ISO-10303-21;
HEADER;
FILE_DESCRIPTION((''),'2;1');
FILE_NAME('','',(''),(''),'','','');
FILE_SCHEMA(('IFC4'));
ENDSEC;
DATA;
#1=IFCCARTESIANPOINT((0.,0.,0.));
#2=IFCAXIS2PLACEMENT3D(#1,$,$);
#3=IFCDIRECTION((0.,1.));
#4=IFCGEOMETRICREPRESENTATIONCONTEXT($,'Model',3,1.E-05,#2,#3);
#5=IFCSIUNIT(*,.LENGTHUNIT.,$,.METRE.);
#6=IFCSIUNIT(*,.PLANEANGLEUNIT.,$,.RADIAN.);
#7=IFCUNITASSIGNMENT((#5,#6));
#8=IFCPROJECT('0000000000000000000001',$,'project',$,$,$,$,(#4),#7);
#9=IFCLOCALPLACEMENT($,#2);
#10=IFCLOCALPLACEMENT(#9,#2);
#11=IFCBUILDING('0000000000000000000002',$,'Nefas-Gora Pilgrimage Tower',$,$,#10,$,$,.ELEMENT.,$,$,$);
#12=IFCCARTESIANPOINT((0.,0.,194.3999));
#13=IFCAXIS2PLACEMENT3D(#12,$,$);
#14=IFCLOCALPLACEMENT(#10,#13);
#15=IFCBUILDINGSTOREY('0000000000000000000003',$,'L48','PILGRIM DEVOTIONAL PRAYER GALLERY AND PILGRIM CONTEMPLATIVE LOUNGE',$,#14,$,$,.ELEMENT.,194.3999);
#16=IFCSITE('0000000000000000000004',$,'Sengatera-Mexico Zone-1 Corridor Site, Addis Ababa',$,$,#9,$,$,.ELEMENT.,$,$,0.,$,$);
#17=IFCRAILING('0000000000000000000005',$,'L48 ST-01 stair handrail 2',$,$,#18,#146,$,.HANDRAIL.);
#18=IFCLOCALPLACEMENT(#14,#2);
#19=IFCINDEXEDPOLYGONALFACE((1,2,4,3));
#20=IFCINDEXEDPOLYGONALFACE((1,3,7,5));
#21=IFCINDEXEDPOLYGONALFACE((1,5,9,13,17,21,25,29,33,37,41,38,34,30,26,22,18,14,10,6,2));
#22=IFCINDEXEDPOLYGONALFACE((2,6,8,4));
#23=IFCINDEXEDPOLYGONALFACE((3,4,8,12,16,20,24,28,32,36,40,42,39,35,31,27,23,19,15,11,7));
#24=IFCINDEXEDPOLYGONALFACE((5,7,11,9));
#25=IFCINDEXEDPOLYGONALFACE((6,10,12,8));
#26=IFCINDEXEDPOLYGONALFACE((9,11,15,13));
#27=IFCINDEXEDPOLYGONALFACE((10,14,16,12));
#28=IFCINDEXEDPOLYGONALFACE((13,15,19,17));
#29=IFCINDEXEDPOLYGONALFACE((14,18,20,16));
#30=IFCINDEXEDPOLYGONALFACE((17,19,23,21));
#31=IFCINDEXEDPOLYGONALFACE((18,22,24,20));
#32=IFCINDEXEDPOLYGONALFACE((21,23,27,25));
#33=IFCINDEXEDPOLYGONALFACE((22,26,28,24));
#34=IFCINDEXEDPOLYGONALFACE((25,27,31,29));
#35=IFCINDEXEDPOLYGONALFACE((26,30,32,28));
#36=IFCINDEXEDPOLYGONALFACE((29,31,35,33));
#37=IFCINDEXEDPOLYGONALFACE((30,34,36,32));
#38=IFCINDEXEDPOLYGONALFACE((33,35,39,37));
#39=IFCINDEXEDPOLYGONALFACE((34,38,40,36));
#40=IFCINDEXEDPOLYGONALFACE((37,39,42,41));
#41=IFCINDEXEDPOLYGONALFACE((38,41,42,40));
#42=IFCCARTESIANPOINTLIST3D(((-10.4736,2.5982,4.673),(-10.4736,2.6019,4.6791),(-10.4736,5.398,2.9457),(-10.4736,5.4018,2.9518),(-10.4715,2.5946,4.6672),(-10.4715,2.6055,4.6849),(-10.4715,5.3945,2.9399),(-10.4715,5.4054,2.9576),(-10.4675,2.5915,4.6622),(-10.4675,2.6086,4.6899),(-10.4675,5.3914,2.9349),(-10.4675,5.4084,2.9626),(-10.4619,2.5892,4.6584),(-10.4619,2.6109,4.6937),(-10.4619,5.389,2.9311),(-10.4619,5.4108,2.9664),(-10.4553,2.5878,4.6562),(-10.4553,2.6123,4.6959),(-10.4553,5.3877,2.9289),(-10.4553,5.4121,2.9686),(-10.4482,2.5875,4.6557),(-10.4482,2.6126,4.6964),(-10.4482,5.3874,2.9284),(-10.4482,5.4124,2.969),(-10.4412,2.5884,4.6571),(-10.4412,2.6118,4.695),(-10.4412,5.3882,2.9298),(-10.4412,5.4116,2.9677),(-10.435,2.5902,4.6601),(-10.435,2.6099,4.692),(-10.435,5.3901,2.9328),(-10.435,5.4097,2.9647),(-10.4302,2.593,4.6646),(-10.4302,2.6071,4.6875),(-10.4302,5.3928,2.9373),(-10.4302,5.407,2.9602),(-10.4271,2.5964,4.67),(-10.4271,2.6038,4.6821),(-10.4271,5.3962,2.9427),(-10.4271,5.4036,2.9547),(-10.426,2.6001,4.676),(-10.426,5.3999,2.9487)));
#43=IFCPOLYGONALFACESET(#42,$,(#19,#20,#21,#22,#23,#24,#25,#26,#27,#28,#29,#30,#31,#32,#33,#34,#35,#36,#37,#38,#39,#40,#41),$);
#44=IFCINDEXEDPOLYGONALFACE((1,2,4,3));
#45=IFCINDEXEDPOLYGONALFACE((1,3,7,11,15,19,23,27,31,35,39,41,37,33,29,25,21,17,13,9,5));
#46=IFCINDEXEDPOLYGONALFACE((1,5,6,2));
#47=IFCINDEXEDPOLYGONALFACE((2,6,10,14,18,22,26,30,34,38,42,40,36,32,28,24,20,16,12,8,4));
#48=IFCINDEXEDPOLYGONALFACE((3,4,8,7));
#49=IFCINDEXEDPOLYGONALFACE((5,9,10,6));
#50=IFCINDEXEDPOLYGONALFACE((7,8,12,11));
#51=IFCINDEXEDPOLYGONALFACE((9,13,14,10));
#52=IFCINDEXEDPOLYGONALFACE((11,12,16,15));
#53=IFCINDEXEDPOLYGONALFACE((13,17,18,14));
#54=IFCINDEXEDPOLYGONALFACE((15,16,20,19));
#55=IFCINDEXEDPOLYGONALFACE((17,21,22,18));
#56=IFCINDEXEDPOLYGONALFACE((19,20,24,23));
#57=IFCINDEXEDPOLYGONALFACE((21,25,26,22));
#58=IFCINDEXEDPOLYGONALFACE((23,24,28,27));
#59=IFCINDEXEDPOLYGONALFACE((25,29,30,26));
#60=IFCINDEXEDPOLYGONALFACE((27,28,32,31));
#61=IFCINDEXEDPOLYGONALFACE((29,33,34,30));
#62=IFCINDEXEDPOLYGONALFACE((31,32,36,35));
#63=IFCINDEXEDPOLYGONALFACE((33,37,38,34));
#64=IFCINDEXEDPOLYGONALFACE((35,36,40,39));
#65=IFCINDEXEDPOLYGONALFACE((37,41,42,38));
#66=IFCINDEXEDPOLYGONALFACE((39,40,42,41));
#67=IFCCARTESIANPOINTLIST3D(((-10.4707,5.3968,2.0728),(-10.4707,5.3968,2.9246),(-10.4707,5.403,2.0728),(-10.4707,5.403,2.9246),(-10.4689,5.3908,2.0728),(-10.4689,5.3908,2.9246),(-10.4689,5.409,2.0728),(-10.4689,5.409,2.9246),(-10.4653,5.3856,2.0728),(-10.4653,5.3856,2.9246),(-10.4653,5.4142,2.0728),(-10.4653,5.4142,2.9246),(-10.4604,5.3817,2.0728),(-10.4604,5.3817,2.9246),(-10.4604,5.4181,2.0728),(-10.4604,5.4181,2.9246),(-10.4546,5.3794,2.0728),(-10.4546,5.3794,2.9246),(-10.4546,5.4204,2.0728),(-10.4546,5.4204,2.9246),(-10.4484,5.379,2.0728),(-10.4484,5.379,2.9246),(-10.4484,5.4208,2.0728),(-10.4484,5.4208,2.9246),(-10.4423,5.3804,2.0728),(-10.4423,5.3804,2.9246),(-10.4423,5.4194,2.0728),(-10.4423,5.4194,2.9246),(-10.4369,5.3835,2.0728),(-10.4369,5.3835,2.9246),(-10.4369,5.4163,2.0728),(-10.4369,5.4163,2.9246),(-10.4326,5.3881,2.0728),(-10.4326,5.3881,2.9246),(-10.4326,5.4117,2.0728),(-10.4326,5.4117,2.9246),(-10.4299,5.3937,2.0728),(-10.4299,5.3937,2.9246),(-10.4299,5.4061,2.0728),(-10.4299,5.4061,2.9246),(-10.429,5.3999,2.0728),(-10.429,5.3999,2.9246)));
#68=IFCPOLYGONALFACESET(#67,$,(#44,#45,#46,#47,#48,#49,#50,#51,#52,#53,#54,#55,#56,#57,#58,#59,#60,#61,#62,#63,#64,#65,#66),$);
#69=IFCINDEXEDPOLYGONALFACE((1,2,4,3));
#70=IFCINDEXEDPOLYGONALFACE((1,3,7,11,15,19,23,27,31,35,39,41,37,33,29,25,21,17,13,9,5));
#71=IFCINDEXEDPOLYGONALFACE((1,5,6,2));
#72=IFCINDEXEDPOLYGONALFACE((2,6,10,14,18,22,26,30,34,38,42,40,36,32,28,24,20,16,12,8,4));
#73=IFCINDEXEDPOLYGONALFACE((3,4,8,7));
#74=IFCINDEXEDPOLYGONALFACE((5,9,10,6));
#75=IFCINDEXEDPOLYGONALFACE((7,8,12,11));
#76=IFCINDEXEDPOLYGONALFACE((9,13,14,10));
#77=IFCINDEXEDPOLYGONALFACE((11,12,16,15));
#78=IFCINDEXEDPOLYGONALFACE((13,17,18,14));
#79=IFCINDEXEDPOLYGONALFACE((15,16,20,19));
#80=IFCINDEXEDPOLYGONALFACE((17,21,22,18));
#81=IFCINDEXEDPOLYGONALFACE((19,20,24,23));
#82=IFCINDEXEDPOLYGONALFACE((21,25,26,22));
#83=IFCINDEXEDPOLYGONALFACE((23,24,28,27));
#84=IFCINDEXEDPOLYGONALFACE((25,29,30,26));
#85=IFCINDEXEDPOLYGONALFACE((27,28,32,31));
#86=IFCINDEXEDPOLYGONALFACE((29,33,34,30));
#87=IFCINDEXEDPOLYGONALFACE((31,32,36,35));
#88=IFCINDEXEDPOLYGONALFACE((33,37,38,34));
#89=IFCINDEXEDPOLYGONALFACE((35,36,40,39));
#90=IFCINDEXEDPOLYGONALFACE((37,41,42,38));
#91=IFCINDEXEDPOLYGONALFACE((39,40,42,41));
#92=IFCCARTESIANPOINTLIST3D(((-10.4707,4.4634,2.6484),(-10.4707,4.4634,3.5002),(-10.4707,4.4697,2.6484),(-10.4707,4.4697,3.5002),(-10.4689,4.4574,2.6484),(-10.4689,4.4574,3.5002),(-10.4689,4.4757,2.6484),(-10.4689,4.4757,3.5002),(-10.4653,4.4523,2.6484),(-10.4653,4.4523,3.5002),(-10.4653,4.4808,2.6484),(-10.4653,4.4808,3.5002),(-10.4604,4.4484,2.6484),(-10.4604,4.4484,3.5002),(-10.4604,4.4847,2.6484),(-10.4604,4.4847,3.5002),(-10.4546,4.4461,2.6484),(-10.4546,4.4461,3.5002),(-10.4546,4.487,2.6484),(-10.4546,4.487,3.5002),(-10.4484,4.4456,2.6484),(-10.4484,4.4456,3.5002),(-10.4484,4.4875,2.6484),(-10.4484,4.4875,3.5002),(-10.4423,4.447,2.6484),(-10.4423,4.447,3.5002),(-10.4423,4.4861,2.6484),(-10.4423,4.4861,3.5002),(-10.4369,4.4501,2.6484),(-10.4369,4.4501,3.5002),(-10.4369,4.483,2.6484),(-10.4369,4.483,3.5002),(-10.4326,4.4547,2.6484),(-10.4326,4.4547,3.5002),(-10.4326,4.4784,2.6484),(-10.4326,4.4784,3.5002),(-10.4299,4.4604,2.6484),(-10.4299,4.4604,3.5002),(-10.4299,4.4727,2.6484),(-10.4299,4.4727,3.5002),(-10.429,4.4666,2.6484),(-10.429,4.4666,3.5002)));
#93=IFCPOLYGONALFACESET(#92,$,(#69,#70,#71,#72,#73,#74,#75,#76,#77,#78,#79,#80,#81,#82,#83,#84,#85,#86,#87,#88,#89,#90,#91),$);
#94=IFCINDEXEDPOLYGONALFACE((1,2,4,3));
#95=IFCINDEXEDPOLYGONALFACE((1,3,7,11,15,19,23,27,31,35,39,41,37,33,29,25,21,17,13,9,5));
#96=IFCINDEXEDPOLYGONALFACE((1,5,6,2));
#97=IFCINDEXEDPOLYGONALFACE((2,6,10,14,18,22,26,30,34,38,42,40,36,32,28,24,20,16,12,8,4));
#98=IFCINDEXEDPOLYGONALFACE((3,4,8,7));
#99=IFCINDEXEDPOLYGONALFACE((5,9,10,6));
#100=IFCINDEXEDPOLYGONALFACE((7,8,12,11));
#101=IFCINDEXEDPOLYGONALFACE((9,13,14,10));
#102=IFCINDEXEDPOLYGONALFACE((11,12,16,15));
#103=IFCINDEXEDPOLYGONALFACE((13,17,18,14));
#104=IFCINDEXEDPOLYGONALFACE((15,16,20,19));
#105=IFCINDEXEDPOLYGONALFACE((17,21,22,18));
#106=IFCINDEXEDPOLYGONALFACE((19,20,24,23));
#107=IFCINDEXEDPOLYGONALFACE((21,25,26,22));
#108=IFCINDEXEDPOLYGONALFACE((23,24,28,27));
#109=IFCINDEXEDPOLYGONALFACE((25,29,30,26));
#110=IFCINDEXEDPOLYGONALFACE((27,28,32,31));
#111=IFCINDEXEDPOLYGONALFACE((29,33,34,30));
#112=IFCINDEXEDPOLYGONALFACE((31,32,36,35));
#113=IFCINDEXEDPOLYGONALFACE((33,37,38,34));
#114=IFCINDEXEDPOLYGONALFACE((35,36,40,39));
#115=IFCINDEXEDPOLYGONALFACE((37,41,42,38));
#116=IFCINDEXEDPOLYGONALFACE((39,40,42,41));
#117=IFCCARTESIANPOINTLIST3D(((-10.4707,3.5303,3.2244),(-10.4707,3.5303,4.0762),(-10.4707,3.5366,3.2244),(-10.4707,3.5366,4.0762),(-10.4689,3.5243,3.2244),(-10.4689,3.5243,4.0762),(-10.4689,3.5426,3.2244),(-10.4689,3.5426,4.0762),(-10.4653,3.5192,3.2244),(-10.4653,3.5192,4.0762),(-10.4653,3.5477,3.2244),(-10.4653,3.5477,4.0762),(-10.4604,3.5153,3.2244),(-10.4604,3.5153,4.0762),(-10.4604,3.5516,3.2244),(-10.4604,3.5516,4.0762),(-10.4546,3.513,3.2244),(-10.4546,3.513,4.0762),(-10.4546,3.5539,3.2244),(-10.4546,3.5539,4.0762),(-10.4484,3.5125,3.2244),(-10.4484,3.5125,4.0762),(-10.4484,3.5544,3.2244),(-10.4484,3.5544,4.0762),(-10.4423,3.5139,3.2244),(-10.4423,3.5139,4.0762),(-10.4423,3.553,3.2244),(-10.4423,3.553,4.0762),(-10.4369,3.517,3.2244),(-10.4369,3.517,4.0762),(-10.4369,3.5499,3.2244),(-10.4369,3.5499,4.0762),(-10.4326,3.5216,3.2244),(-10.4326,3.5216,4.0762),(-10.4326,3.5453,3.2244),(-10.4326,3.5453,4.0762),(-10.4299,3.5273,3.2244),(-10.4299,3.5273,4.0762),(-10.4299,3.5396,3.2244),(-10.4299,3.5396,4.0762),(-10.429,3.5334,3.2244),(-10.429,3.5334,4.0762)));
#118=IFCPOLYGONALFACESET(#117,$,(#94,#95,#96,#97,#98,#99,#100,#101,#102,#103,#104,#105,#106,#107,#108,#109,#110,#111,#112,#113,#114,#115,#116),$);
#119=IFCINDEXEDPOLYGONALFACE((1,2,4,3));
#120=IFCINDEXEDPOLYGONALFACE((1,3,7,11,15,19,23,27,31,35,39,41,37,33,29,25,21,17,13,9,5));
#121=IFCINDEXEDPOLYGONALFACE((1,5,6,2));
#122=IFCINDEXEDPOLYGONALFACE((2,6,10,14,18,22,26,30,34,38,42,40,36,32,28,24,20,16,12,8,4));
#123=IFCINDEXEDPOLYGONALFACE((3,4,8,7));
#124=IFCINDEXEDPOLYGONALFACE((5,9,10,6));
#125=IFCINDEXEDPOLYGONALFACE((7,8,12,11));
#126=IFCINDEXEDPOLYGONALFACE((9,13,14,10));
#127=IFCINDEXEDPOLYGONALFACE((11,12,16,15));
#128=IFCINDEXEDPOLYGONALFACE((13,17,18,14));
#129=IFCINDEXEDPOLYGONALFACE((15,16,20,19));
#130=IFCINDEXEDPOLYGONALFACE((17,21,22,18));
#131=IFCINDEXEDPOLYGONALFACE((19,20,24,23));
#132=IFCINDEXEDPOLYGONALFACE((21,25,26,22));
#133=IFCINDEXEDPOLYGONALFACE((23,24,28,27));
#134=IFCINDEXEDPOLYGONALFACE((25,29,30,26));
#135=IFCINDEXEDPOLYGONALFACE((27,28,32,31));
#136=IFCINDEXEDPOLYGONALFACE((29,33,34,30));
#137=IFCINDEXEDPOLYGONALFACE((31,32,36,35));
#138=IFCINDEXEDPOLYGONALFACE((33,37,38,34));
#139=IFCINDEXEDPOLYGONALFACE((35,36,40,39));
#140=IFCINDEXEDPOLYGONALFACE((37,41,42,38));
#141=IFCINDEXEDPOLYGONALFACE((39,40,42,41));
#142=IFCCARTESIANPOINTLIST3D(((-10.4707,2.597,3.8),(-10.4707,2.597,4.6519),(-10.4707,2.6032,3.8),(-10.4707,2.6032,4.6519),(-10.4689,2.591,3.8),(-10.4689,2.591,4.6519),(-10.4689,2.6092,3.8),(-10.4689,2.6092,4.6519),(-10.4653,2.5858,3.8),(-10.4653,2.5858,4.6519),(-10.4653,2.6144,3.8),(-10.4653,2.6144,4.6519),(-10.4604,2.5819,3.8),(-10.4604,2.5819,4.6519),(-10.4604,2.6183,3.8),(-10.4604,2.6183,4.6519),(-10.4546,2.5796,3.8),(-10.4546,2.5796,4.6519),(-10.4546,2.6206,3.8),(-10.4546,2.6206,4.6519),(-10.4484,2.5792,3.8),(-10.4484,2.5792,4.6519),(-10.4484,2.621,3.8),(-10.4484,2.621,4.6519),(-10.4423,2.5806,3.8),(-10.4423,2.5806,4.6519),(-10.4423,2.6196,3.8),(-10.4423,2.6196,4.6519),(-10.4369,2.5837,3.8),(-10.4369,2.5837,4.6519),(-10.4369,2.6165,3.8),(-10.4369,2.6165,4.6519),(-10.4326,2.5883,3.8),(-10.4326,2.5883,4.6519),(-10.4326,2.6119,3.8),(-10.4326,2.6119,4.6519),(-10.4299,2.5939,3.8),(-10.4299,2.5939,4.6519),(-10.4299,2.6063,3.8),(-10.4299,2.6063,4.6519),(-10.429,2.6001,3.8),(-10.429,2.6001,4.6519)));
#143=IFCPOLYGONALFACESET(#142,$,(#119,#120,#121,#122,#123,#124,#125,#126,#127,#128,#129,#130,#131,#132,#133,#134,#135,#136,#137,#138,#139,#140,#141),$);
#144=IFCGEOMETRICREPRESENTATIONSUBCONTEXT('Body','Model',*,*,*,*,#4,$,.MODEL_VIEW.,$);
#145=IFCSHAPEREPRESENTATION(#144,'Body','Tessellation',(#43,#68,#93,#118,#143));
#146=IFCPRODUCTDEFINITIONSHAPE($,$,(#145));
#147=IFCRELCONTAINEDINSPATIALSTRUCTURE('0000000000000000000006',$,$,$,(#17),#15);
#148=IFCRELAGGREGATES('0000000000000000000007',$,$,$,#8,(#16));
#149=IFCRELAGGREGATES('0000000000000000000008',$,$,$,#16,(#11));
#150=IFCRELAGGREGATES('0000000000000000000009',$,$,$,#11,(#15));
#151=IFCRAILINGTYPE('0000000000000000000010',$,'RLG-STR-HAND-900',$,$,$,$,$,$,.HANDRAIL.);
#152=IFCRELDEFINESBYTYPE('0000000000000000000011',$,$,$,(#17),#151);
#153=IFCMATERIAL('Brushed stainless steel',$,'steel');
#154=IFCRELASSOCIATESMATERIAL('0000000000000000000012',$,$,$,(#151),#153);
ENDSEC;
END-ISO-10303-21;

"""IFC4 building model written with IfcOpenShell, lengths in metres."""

from ifc_helpers import new_model, si_unit, direction, frame, origin, origin_2d, place, context, subcontext, project, spatial, circle, extrude, material, type_object, element, save


model = new_model("IFC4")

# Units and contexts
model_context = context("Model", 3, precision=1e-05, world=origin(), true_north=direction((0.0, 1.0)))
body_context = subcontext(model_context, "Body", "Model", "MODEL_VIEW")
ifc_project = project(units=[si_unit("LENGTHUNIT", "METRE"), si_unit("PLANEANGLEUNIT", "RADIAN")], contexts=[model_context])

# Site, building, storey
site_placement = place(None, origin())
site = spatial("IfcSite", under=ifc_project, at=site_placement, Name="Sengatera-Mexico Zone-1 Corridor Site, Addis Ababa", CompositionType="ELEMENT", RefElevation=0.0)
building_placement = place(site_placement, origin())
building = spatial("IfcBuilding", under=site, at=building_placement, Name="Nefas-Gora Pilgrimage Tower", CompositionType="ELEMENT")
storey_placement = place(building_placement, frame((0.0, 0.0, 194.3999)))
storey = spatial("IfcBuildingStorey", under=building, at=storey_placement, Name="L48", Description="PILGRIM DEVOTIONAL PRAYER GALLERY AND PILGRIM CONTEMPLATIVE LOUNGE", CompositionType="ELEMENT", Elevation=194.3999)

# Railing
ifc_material_1 = material(Name="Brushed stainless steel", Category="steel")
railing_type_1 = type_object("IfcRailingType", Name="RLG-STR-HAND-900", PredefinedType="HANDRAIL", material=ifc_material_1)
railing_1_placement = place(storey_placement, frame((-10.45, 5.3999, 2.0728)))
element("IfcRailing", 1, at=railing_1_placement, inside=storey, type_object=railing_type_1, Name="L48 ST-01 stair handrail 2", PredefinedType="HANDRAIL", context=body_context, shape_type="SweptSolid", body=[
    extrude(circle(Radius=0.0239, at=origin_2d()), frame((0.0, 0.0, 0.876), z_axis=(0.0, -0.851069, 0.525054), x_axis=(1.0, 0.0, 0.0)), (0.0, 0.0, 1.0), 3.2898),
    extrude(circle(Radius=0.021, at=origin_2d()), origin(), (0.0, 0.0, 1.0), 0.8518),
    extrude(circle(Radius=0.021, at=origin_2d()), frame((0.0, -0.9333, 0.5757)), (0.0, 0.0, 1.0), 0.8518),
    extrude(circle(Radius=0.021, at=origin_2d()), frame((0.0, -1.8665, 1.1516)), (0.0, 0.0, 1.0), 0.8518),
    extrude(circle(Radius=0.021, at=origin_2d()), frame((0.0, -2.7998, 1.7273)), (0.0, 0.0, 1.0), 0.8518),
])

save(model, "model.ifc")
